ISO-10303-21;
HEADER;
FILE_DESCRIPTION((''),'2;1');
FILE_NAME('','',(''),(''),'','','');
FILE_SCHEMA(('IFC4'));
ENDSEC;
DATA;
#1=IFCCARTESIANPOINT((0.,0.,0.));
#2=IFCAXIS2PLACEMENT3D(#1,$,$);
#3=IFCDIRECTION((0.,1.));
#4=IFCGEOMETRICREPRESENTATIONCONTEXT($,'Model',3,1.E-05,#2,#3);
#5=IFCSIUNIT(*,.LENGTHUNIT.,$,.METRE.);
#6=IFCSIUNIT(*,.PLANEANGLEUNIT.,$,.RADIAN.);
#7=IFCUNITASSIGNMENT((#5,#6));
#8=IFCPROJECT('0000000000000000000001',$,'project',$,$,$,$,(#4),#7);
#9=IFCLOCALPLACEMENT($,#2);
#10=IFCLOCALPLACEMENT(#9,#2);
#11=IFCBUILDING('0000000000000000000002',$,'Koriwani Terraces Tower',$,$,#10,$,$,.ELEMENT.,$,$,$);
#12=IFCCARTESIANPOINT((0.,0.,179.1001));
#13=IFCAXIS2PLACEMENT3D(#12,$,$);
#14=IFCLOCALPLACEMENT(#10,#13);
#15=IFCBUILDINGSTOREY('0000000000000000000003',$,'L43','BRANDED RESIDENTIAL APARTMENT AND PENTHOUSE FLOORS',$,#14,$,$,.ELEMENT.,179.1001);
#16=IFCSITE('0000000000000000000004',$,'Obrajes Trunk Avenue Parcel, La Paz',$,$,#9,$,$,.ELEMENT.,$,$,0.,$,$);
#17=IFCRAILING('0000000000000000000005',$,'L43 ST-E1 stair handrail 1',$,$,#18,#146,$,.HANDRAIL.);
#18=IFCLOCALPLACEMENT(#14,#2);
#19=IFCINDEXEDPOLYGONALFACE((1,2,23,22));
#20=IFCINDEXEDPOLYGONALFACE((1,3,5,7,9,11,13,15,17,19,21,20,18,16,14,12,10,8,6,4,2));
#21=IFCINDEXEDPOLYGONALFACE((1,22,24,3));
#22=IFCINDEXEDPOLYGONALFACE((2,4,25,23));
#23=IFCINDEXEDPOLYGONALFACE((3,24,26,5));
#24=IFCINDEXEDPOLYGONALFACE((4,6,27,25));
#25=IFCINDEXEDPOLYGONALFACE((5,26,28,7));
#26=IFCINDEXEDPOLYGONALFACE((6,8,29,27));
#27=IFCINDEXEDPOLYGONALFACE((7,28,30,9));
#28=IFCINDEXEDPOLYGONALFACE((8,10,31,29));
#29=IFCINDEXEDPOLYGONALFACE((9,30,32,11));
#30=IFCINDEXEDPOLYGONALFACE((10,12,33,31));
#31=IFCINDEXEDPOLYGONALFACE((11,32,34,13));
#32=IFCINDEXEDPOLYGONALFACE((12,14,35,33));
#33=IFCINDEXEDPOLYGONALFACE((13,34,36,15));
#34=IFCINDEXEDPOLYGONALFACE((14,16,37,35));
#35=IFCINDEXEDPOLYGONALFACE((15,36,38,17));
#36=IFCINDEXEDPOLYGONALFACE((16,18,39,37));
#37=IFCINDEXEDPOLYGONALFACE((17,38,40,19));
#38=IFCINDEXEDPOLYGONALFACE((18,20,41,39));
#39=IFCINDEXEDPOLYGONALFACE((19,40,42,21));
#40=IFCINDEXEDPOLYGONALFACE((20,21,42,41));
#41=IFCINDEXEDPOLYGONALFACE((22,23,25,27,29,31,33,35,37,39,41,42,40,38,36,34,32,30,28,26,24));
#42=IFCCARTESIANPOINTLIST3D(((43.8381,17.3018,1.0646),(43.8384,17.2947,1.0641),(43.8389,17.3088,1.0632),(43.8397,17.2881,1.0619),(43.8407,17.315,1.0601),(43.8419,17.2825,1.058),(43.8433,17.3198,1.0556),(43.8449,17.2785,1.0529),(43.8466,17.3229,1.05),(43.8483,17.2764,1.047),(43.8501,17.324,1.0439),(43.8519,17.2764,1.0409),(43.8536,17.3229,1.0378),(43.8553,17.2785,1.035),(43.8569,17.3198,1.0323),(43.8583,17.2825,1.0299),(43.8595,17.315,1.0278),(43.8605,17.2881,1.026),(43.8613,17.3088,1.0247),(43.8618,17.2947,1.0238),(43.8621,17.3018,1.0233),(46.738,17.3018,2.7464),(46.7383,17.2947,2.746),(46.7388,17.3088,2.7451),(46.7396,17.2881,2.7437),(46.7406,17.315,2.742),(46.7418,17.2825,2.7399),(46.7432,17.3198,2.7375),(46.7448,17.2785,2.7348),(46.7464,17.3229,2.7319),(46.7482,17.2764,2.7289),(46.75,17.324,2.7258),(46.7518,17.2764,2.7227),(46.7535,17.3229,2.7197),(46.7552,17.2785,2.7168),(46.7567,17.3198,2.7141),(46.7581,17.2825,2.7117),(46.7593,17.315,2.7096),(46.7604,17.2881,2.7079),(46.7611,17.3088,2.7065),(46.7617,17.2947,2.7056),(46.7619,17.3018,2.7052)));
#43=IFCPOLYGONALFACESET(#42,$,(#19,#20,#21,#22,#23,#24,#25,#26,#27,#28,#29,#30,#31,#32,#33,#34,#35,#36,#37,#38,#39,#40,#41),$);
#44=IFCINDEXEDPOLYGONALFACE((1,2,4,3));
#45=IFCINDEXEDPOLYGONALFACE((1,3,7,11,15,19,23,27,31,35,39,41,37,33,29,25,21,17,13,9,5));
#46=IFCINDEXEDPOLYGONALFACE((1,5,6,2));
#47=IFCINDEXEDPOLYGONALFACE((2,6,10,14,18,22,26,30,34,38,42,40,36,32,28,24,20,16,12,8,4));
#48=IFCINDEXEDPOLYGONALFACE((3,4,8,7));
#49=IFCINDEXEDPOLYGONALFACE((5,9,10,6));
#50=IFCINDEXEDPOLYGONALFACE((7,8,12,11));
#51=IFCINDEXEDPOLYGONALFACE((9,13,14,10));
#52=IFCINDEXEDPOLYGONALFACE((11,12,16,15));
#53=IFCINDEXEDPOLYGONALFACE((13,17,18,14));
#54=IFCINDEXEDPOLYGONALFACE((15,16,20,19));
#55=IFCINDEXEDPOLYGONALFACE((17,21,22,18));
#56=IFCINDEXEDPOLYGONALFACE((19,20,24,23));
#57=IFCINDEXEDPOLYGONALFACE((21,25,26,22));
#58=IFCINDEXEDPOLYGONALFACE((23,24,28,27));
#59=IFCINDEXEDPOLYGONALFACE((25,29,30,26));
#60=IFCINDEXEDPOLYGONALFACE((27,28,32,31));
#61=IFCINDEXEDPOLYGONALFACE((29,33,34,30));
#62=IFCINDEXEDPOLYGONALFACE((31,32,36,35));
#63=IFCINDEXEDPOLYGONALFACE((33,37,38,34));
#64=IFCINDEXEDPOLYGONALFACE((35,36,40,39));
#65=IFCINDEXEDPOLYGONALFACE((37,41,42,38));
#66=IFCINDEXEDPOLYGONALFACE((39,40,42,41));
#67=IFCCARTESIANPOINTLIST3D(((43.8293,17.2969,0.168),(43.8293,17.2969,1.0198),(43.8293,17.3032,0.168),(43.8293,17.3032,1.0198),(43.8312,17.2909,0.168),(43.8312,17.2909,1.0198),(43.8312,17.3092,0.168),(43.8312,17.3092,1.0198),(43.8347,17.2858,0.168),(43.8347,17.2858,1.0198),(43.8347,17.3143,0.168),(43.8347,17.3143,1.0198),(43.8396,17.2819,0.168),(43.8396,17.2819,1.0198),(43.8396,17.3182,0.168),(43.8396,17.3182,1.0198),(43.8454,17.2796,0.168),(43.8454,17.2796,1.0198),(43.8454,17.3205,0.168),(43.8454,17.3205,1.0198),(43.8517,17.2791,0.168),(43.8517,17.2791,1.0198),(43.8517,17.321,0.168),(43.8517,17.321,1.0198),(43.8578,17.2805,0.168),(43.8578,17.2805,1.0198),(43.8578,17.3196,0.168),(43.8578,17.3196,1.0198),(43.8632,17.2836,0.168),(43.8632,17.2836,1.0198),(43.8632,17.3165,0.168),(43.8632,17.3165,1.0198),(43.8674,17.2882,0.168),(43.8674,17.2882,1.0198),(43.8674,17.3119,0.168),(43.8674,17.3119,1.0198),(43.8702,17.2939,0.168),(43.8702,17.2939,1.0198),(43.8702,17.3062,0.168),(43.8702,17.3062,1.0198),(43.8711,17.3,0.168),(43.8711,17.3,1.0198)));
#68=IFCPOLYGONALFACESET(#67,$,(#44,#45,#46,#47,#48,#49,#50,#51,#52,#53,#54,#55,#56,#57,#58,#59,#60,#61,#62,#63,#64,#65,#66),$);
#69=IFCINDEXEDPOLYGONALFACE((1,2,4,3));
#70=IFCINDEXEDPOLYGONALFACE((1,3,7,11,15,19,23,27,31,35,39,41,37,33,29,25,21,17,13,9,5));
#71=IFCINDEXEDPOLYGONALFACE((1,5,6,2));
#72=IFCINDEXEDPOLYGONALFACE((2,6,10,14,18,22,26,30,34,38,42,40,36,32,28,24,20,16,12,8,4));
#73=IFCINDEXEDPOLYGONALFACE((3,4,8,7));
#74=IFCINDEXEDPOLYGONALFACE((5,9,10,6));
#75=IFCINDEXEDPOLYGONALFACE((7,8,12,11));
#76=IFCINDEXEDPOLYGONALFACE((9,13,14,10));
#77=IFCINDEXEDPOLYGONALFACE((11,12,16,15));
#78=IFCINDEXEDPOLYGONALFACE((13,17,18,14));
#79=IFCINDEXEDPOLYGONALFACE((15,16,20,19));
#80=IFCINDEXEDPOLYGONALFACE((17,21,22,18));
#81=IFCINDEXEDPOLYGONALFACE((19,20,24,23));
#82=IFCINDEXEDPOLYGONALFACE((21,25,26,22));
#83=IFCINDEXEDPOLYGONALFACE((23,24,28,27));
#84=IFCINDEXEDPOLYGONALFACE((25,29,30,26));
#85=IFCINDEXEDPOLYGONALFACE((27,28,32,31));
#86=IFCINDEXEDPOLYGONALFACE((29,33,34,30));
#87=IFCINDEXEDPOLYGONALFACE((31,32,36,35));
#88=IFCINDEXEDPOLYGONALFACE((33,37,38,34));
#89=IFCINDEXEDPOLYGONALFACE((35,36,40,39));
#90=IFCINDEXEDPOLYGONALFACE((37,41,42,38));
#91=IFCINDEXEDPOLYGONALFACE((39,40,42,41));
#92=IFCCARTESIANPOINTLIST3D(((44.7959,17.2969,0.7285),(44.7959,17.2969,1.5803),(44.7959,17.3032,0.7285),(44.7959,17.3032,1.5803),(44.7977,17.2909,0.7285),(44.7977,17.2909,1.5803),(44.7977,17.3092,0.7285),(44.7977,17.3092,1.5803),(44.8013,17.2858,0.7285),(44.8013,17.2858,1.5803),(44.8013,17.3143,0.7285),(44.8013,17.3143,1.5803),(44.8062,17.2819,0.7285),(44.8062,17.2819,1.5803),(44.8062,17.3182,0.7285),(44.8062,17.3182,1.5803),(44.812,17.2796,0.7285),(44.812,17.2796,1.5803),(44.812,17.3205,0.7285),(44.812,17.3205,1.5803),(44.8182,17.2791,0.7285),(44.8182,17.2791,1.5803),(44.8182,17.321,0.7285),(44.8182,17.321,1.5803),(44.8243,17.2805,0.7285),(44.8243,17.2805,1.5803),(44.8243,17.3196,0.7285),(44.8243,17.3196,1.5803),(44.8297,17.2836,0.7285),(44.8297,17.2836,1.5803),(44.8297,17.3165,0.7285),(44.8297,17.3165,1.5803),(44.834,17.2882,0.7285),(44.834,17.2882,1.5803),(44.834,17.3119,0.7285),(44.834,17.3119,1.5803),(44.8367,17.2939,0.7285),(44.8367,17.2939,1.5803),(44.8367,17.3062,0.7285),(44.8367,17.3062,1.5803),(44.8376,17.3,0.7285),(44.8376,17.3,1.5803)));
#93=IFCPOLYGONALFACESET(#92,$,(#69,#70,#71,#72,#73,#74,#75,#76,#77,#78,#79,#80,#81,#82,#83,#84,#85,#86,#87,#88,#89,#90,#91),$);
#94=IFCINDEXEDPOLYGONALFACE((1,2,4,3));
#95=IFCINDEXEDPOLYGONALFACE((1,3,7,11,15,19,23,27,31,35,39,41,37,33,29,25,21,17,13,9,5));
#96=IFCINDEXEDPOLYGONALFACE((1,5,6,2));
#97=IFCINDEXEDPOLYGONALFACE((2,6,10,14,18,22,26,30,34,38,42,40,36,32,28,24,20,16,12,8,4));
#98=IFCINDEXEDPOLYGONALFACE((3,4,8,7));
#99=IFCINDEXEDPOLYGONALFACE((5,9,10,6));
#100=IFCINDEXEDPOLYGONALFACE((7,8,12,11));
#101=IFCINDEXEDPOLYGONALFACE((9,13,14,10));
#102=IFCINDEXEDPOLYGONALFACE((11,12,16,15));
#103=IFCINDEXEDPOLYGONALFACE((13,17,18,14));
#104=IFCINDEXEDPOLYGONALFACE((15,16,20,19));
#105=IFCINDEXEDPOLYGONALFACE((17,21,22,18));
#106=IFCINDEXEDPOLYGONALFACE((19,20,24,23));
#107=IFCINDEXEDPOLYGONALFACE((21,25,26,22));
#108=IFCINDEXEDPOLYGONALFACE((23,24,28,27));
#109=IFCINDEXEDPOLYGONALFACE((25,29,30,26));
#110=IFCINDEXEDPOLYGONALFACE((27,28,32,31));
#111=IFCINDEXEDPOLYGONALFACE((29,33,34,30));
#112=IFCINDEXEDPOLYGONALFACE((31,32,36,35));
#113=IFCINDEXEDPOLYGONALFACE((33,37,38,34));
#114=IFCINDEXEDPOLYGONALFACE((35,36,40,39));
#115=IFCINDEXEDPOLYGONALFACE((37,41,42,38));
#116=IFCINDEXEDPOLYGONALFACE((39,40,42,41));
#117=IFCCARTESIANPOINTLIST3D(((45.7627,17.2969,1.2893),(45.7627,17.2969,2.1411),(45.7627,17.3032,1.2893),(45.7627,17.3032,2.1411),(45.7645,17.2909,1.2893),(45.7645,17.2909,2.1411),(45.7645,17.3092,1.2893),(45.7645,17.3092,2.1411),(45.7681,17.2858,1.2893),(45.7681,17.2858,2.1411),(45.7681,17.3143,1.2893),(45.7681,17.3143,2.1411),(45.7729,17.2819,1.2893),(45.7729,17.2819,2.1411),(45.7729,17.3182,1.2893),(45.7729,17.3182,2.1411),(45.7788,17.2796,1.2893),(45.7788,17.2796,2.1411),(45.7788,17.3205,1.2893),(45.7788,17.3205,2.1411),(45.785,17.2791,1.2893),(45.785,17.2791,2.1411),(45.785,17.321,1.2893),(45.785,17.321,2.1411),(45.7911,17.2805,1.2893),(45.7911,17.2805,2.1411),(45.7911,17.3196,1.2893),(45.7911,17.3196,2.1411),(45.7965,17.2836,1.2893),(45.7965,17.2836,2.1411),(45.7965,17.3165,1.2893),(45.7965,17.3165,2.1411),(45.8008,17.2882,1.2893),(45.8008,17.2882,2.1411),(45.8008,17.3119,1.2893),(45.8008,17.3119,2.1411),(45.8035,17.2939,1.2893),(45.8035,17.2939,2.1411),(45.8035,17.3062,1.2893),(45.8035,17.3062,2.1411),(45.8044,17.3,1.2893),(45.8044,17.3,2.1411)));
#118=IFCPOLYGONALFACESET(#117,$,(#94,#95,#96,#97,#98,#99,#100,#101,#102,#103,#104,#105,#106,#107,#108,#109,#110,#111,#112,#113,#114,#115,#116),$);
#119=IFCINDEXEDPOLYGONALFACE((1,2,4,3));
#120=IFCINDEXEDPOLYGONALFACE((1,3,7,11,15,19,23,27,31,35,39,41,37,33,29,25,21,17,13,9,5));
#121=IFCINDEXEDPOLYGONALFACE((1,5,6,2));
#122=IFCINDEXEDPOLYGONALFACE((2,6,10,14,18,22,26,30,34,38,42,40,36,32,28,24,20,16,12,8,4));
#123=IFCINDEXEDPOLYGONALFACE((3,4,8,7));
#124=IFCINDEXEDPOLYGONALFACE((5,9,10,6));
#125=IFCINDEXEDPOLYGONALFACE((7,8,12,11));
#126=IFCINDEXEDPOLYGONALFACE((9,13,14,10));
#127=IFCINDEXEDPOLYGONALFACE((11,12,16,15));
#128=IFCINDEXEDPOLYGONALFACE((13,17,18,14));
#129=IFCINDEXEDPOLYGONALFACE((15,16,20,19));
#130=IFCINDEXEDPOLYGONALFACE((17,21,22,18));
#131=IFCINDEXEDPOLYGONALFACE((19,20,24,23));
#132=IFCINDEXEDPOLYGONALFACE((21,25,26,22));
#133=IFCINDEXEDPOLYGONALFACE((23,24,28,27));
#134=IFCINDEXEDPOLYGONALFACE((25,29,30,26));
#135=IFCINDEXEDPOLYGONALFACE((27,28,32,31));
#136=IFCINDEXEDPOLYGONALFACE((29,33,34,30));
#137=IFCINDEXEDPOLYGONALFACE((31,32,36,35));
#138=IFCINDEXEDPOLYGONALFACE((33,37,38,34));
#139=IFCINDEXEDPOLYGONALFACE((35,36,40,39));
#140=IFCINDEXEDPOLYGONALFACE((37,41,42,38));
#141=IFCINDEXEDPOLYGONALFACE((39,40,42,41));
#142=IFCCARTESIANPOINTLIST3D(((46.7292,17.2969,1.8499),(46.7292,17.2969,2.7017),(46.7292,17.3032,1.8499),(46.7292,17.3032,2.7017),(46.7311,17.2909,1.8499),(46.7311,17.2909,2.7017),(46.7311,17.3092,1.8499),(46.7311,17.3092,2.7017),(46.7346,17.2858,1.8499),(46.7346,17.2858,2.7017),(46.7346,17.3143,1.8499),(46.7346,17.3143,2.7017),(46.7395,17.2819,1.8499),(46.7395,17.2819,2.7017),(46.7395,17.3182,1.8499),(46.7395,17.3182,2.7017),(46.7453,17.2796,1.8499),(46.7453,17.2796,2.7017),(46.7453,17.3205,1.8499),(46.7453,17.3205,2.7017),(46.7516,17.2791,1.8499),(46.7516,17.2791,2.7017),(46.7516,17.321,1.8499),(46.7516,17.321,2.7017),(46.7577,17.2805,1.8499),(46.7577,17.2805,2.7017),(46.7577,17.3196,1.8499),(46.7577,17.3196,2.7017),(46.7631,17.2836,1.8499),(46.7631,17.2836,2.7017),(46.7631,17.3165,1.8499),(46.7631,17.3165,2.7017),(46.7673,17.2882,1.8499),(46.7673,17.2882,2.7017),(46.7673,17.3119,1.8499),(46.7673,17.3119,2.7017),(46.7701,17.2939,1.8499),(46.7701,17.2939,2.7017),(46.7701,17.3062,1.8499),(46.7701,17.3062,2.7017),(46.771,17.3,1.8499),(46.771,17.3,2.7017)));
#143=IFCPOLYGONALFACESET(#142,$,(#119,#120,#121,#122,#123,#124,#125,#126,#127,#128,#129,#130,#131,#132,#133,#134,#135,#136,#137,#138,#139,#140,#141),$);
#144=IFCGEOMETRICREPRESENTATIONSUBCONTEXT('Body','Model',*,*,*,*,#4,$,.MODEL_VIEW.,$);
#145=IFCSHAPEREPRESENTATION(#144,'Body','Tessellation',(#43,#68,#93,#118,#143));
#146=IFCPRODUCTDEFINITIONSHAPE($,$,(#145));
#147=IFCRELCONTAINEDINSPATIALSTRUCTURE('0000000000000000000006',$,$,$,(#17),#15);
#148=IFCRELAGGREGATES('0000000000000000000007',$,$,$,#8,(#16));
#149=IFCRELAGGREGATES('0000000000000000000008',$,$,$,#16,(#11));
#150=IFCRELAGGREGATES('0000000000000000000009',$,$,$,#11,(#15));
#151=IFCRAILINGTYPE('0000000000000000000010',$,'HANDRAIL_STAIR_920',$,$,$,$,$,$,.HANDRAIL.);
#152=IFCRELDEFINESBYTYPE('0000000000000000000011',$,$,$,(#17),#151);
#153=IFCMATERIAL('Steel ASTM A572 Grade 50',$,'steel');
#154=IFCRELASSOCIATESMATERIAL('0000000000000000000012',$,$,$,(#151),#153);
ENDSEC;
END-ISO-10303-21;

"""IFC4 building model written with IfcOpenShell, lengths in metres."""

from ifc_helpers import new_model, si_unit, direction, frame, origin, origin_2d, place, context, subcontext, project, spatial, circle, extrude, material, type_object, element, save


model = new_model("IFC4")

# Units and contexts
model_context = context("Model", 3, precision=1e-05, world=origin(), true_north=direction((0.0, 1.0)))
body_context = subcontext(model_context, "Body", "Model", "MODEL_VIEW")
ifc_project = project(units=[si_unit("LENGTHUNIT", "METRE"), si_unit("PLANEANGLEUNIT", "RADIAN")], contexts=[model_context])

# Site, building, storey
site_placement = place(None, origin())
site = spatial("IfcSite", under=ifc_project, at=site_placement, Name="Obrajes Trunk Avenue Parcel, La Paz", CompositionType="ELEMENT", RefElevation=0.0)
building_placement = place(site_placement, origin())
building = spatial("IfcBuilding", under=site, at=building_placement, Name="Koriwani Terraces Tower", CompositionType="ELEMENT")
storey_placement = place(building_placement, frame((0.0, 0.0, 179.1001)))
storey = spatial("IfcBuildingStorey", under=building, at=storey_placement, Name="L43", Description="BRANDED RESIDENTIAL APARTMENT AND PENTHOUSE FLOORS", CompositionType="ELEMENT", Elevation=179.1001)

# Shared definitions
ifc_material_1 = material(Name="Steel ASTM A572 Grade 50", Category="steel")

# Railing
railing_type_1 = type_object("IfcRailingType", Name="HANDRAIL_STAIR_920", PredefinedType="HANDRAIL", material=ifc_material_1)
railing_1_placement = place(storey_placement, frame((43.8501, 17.3, 0.168)))
element("IfcRailing", 1, at=railing_1_placement, inside=storey, type_object=railing_type_1, Name="L43 ST-E1 stair handrail 1", PredefinedType="HANDRAIL", context=body_context, shape_type="SweptSolid", body=[
    extrude(circle(Radius=0.0239, at=origin_2d()), frame((0.0, 0.0, 0.876), z_axis=(0.865039, 0.0, 0.501705), x_axis=(0.0, 1.0, 0.0)), (0.0, 0.0, 1.0), 3.3523),
    extrude(circle(Radius=0.021, at=origin_2d()), origin(), (0.0, 0.0, 1.0), 0.8518),
    extrude(circle(Radius=0.021, at=origin_2d()), frame((0.9666, 0.0, 0.5605)), (0.0, 0.0, 1.0), 0.8518),
    extrude(circle(Radius=0.021, at=origin_2d()), frame((1.9333, 0.0, 1.1213)), (0.0, 0.0, 1.0), 0.8518),
    extrude(circle(Radius=0.021, at=origin_2d()), frame((2.8999, 0.0, 1.6819)), (0.0, 0.0, 1.0), 0.8518),
])

save(model, "model.ifc")
